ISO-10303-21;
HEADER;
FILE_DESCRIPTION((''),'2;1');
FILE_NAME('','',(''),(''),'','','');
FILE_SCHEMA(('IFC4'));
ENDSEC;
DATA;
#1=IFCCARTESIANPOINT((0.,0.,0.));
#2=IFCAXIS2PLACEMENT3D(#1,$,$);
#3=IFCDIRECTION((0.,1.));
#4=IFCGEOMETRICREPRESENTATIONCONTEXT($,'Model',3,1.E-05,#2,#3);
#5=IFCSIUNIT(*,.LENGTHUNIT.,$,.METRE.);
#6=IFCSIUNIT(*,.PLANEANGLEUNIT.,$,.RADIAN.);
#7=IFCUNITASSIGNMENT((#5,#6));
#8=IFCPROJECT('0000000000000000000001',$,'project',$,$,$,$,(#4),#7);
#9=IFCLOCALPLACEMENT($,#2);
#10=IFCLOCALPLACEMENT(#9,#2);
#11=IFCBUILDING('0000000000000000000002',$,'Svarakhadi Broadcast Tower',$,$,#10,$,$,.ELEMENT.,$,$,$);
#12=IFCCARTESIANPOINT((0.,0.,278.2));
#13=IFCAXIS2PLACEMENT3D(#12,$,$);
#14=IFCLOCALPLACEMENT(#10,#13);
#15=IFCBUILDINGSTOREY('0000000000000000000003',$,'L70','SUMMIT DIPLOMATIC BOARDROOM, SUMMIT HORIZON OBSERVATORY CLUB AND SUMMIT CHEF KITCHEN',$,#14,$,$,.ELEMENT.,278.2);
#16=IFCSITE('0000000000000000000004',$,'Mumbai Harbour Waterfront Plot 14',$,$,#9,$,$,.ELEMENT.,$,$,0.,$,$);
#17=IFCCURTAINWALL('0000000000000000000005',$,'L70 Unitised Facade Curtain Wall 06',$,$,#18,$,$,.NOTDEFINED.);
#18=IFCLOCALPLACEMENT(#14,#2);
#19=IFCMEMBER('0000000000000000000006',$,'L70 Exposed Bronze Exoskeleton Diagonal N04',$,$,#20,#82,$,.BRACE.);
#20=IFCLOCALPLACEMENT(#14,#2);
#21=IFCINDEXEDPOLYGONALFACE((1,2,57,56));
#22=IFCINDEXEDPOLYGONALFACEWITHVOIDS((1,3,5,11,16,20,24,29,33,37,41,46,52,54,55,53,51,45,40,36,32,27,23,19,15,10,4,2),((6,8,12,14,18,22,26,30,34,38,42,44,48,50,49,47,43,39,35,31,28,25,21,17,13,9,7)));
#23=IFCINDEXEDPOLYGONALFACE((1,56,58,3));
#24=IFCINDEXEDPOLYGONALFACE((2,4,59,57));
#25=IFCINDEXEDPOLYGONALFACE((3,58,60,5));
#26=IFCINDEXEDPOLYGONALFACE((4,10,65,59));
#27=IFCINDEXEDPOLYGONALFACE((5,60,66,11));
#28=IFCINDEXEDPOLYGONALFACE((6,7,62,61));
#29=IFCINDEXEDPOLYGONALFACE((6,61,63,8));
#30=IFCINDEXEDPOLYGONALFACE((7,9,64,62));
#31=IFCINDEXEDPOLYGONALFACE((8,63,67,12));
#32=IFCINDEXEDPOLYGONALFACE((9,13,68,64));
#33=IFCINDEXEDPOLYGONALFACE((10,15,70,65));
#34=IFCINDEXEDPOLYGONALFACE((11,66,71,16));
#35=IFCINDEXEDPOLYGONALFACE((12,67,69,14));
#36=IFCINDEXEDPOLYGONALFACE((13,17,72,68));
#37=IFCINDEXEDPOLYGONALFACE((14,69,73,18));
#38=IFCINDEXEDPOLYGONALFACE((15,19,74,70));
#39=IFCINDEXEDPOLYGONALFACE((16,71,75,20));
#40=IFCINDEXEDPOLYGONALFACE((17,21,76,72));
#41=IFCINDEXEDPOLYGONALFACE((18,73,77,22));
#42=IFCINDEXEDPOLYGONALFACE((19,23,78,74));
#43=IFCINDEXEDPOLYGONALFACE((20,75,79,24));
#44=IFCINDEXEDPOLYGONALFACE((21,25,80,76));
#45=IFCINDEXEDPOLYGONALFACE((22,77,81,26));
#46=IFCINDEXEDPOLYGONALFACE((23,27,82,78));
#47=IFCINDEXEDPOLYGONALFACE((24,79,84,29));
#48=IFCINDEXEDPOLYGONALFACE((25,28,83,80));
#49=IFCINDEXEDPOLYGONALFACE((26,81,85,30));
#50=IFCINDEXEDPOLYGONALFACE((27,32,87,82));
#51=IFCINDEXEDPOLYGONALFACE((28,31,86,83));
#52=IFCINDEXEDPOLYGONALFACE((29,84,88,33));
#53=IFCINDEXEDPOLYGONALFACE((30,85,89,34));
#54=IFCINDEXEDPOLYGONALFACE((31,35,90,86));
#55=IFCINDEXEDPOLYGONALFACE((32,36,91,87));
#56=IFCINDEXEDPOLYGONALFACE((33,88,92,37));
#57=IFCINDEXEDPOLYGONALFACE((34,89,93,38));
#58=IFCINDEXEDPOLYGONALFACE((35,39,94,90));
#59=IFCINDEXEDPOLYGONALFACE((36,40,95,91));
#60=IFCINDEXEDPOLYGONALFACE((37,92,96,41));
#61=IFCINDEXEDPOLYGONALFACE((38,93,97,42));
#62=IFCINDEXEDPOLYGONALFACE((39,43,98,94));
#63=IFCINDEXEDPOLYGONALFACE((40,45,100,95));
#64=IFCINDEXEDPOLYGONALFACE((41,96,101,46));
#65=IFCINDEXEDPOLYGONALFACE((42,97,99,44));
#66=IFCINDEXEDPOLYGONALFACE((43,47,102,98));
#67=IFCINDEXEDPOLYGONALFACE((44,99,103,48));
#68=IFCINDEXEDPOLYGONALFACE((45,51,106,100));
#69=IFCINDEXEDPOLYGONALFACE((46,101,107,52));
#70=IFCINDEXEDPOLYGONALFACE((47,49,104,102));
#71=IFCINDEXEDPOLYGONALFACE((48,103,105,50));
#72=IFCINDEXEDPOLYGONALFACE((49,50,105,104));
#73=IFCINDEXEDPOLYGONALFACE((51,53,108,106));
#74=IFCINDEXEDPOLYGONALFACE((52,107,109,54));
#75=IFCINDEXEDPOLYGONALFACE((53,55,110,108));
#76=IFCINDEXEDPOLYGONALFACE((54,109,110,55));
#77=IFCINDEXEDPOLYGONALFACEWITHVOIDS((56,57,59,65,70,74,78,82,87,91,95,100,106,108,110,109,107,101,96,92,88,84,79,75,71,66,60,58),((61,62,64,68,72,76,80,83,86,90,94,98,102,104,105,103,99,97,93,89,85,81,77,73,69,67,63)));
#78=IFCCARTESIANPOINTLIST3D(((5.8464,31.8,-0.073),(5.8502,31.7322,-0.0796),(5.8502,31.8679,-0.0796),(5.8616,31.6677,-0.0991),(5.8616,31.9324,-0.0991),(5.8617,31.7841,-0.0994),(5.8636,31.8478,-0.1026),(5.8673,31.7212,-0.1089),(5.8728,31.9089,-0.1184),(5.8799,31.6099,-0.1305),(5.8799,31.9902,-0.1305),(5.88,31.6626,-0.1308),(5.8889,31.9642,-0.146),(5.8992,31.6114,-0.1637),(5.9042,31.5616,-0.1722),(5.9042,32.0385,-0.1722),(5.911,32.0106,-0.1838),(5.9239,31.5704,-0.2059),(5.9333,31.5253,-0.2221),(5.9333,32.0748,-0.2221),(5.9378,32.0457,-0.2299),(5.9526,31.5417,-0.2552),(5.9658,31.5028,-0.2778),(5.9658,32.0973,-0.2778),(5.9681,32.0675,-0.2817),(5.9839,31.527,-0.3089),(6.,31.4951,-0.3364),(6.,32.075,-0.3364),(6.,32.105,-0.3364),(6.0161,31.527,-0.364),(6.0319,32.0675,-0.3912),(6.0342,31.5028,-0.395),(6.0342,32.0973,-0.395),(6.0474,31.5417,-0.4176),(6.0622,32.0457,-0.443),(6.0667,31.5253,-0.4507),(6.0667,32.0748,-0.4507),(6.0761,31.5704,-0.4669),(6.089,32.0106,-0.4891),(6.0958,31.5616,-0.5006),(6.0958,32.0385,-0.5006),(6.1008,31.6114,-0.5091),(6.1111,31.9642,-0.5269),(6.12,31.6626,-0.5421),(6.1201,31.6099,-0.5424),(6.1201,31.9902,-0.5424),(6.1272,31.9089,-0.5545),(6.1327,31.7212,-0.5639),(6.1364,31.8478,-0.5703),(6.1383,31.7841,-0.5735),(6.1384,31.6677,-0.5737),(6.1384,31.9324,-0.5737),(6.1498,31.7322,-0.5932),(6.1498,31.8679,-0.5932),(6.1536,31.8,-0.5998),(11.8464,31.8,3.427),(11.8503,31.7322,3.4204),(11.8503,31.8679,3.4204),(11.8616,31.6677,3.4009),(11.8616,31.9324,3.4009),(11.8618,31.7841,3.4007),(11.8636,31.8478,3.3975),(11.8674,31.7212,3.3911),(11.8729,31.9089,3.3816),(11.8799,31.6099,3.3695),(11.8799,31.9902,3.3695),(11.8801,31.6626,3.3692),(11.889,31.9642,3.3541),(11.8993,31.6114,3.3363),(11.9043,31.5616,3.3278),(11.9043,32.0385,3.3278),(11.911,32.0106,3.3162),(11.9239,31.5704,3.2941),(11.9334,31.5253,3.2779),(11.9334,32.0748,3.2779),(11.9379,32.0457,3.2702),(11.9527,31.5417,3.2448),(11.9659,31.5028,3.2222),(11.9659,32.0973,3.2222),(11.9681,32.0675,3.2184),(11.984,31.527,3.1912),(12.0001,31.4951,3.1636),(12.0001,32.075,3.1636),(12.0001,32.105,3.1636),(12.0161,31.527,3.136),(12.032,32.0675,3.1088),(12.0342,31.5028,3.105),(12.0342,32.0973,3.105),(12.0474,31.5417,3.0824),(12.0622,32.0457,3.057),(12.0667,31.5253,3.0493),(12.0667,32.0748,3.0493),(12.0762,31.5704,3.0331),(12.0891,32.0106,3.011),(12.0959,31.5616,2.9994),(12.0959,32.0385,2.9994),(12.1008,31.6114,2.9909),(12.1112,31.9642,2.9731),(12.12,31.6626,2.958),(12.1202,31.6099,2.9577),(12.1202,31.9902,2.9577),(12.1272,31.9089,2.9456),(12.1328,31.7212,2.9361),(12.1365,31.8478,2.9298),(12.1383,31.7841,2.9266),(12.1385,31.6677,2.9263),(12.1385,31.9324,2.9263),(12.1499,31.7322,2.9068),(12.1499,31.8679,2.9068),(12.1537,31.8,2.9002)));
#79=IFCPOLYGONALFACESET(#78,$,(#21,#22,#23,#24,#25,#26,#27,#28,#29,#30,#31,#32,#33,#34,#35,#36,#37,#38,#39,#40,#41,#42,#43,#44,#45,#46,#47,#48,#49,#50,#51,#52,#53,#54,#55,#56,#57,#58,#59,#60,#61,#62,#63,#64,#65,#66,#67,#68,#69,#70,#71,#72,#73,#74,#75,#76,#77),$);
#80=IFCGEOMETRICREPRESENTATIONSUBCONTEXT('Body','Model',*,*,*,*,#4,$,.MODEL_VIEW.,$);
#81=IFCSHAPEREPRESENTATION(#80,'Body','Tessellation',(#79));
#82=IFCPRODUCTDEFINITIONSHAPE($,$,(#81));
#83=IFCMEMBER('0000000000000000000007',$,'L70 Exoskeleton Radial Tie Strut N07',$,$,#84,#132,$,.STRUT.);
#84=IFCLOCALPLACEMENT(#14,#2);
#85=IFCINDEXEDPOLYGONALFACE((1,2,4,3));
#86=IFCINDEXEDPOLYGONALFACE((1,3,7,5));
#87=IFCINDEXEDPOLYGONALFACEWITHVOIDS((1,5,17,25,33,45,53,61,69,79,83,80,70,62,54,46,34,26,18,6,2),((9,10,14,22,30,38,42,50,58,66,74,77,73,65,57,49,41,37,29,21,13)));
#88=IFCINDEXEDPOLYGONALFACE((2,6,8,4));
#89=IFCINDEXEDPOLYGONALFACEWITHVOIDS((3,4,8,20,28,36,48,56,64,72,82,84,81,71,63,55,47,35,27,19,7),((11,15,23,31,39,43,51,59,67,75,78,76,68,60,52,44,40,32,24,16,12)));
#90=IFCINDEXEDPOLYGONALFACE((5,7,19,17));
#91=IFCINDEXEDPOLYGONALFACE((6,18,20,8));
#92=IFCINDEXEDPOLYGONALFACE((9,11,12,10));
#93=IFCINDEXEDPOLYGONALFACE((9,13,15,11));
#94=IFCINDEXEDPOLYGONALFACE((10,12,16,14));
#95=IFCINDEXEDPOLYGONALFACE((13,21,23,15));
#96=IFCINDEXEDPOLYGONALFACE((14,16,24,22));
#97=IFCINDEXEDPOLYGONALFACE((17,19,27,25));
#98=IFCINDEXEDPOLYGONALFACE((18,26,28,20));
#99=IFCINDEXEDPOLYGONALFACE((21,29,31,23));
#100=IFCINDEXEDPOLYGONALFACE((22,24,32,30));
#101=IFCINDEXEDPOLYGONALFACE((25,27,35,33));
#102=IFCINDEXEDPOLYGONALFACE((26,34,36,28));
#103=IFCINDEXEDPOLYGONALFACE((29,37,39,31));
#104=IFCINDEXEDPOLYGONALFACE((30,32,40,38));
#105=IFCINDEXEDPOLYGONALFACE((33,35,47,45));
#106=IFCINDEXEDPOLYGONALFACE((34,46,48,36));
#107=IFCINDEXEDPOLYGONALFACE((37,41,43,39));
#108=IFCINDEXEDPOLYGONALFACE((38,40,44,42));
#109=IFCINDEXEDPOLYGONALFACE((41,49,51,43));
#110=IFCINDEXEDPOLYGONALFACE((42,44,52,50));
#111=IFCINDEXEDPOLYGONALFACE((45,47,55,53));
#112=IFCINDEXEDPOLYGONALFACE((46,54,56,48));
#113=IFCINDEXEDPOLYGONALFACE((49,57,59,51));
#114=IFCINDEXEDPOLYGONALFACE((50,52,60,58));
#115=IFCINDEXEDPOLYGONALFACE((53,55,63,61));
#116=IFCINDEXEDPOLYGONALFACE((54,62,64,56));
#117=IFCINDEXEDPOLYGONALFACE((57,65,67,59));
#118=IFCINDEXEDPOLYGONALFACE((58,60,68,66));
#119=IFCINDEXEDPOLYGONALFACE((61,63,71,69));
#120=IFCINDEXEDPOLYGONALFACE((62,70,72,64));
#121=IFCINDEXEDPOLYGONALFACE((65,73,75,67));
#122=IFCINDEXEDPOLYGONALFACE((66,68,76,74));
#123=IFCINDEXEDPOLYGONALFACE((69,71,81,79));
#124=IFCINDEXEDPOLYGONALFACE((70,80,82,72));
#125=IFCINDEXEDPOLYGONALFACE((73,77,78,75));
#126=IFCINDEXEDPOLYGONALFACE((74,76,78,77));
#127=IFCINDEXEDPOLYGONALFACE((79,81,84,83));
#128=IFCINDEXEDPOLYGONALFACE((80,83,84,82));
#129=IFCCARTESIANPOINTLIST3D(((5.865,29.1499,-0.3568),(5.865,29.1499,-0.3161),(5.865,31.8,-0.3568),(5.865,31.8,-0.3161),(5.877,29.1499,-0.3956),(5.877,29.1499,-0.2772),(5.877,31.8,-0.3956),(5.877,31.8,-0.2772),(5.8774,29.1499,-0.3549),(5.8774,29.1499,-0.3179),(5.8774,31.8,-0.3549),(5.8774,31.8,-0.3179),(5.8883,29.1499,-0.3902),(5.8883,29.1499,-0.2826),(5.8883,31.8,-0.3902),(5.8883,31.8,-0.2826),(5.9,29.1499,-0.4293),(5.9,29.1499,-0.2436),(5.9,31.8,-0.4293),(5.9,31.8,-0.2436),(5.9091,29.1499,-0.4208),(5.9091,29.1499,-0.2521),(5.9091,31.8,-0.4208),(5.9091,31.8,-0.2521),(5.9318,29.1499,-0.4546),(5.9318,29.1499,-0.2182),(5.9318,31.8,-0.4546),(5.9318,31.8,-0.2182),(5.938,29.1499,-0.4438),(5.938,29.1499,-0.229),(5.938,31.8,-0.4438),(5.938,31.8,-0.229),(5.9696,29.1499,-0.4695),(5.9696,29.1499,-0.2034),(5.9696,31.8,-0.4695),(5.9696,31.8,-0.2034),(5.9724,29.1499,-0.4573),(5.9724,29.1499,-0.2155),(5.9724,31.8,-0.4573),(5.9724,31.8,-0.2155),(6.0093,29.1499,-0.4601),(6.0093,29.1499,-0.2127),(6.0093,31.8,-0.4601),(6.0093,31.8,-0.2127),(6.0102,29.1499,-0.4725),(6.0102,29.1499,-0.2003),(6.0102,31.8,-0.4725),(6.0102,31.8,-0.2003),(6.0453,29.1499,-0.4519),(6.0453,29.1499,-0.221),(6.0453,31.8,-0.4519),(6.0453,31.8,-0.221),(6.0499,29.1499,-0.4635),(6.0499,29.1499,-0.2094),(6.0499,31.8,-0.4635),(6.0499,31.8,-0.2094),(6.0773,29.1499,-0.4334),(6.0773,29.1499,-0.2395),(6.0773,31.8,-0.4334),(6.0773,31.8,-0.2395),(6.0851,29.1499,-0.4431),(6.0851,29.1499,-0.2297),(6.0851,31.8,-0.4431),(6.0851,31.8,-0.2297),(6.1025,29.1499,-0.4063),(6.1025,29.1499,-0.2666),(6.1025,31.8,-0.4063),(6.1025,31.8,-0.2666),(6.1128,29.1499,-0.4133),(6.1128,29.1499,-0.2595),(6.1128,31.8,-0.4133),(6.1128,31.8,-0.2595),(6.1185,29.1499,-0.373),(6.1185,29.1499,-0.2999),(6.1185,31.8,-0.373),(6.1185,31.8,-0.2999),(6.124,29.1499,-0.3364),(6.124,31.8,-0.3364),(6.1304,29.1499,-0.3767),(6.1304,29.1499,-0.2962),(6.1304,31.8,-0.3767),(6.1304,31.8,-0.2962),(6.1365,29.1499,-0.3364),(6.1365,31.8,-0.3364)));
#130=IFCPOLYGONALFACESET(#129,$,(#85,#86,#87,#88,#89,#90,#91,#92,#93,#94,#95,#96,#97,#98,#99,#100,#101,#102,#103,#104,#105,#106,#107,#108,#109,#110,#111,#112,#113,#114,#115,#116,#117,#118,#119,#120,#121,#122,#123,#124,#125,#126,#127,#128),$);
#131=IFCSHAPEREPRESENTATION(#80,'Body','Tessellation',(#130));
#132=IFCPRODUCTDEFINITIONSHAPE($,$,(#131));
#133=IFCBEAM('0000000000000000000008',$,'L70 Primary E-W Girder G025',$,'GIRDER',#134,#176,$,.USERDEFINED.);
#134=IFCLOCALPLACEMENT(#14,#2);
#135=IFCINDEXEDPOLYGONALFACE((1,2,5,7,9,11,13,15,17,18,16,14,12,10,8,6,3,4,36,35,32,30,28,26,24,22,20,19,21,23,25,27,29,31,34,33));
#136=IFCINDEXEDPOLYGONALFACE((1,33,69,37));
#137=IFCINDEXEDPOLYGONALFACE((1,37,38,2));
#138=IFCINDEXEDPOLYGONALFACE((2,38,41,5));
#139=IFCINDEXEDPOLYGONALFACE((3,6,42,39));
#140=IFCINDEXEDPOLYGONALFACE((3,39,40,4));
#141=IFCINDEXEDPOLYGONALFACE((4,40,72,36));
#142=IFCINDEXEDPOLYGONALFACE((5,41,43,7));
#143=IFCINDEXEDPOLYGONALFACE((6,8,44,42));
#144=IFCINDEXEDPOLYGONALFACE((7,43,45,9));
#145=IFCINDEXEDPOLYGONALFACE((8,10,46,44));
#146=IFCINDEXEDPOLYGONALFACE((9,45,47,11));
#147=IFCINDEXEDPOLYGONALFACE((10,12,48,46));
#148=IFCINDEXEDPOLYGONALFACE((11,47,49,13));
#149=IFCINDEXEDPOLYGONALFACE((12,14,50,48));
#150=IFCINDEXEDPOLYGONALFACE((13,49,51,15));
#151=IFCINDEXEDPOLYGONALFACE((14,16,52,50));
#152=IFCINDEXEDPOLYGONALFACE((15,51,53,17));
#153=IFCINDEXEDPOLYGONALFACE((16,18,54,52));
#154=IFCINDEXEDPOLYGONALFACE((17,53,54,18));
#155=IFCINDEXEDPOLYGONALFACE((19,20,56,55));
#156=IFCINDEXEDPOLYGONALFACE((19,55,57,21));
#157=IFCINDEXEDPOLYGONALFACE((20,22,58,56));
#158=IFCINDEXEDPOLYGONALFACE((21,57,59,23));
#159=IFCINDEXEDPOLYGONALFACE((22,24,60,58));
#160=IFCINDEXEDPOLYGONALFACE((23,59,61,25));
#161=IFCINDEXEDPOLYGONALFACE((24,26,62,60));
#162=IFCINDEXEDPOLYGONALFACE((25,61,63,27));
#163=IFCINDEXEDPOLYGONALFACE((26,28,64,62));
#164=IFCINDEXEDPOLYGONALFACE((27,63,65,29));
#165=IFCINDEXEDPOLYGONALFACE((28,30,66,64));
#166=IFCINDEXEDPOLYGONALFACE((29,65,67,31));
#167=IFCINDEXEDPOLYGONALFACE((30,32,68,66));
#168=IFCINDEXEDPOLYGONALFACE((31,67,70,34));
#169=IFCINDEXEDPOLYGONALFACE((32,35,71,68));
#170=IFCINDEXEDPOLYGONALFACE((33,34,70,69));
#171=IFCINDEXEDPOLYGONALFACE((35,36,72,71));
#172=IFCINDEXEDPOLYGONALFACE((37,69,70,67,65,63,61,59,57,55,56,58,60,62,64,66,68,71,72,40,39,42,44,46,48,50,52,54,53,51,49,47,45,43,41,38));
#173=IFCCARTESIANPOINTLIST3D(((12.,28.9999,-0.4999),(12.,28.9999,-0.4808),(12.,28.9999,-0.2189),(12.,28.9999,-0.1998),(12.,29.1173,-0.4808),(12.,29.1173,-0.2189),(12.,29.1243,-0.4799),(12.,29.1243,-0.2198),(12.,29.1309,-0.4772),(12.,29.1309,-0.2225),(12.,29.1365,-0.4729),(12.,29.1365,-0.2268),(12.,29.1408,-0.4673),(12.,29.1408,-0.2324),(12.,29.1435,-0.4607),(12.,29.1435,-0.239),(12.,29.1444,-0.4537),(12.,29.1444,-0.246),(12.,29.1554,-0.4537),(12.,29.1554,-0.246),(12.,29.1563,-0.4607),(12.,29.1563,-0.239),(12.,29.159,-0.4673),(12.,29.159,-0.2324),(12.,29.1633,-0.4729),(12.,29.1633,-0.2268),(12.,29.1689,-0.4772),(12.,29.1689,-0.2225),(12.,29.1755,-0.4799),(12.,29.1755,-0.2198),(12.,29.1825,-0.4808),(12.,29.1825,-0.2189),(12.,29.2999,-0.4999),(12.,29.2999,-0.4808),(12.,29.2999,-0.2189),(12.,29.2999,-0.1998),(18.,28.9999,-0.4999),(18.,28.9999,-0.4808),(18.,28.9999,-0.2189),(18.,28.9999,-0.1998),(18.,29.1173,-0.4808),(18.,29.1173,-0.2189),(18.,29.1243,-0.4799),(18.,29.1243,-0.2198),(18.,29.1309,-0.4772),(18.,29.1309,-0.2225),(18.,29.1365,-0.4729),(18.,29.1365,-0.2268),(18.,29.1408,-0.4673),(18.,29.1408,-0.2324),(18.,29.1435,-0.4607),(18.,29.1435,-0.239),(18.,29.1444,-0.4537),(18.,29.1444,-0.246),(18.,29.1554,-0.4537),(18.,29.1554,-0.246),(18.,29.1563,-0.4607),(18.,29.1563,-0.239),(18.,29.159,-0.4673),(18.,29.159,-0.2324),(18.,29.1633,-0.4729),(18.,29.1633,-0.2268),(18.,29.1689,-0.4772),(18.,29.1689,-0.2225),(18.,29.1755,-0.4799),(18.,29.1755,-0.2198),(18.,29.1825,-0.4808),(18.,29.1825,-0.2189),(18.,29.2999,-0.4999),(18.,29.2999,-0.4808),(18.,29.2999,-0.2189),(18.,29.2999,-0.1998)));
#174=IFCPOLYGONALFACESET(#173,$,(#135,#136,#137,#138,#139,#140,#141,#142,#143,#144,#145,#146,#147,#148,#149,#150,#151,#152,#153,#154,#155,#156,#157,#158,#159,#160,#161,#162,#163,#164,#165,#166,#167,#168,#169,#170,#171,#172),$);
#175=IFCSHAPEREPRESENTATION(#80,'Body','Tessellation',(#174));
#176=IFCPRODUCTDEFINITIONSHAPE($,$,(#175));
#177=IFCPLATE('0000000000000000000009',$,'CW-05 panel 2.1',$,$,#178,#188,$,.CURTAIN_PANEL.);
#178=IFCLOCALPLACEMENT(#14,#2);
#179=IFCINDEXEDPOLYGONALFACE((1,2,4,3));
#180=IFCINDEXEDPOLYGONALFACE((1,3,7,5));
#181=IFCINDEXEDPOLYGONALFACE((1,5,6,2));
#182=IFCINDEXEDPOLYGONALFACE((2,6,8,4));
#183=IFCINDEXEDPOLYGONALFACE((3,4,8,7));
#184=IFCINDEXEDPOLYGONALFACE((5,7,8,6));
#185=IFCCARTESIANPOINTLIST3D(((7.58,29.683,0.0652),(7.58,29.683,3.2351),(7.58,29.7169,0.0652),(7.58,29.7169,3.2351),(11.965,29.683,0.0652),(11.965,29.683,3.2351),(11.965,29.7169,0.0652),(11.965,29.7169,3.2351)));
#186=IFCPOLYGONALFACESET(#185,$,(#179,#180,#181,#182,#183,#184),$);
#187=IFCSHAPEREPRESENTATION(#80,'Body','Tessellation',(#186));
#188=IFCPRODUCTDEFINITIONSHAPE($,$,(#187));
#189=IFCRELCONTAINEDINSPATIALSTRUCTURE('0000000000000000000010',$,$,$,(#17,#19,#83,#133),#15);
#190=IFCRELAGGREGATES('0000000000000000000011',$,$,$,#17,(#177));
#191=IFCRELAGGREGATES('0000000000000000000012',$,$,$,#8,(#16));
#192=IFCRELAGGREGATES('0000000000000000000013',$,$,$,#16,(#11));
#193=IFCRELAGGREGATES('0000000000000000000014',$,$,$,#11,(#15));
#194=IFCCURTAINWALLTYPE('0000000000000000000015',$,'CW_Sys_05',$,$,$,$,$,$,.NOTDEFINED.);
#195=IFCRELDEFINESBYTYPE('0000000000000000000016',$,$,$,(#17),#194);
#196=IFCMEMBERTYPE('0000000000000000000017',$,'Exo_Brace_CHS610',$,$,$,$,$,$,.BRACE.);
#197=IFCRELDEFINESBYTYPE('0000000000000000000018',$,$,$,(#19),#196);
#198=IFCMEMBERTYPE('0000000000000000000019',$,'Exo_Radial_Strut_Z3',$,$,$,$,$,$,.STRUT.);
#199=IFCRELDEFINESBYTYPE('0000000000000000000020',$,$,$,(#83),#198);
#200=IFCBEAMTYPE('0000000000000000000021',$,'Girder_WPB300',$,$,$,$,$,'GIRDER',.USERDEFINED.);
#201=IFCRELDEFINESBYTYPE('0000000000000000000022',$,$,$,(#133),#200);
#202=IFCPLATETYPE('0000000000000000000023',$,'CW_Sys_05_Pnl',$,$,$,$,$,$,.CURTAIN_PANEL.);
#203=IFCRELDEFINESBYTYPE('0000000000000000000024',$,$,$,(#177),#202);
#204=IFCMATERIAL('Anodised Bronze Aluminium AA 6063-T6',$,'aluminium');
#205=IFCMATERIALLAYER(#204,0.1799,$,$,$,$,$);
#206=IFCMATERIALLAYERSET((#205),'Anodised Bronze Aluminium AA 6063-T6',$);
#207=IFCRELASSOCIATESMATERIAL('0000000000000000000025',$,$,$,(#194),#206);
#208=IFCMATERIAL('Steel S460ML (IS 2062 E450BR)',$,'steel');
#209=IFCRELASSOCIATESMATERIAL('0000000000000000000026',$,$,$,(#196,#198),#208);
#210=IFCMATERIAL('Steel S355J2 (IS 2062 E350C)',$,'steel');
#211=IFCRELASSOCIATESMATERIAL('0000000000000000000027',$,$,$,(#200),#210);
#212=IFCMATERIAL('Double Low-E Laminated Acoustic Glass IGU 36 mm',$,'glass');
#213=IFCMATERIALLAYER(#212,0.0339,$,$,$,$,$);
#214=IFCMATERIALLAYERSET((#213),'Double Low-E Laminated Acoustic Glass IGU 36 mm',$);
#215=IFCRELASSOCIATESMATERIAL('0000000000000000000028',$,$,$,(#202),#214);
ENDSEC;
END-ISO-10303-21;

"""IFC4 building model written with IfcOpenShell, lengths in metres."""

from ifc_helpers import new_model, si_unit, direction, frame, origin, origin_2d, place, context, subcontext, project, spatial, rectangle, hollow_circle, i_section, extrude, material, layer, layer_set, material_profile, profile_set, type_object, element, aggregate, save


model = new_model("IFC4")

# Units and contexts
model_context = context("Model", 3, precision=1e-05, world=origin(), true_north=direction((0.0, 1.0)))
body_context = subcontext(model_context, "Body", "Model", "MODEL_VIEW")
ifc_project = project(units=[si_unit("LENGTHUNIT", "METRE"), si_unit("PLANEANGLEUNIT", "RADIAN")], contexts=[model_context])

# Site, building, storey
site_placement = place(None, origin())
site = spatial("IfcSite", under=ifc_project, at=site_placement, Name="Mumbai Harbour Waterfront Plot 14", CompositionType="ELEMENT", RefElevation=0.0)
building_placement = place(site_placement, origin())
building = spatial("IfcBuilding", under=site, at=building_placement, Name="Svarakhadi Broadcast Tower", CompositionType="ELEMENT")
storey_placement = place(building_placement, frame((0.0, 0.0, 278.2)))
storey = spatial("IfcBuildingStorey", under=building, at=storey_placement, Name="L70", Description="SUMMIT DIPLOMATIC BOARDROOM, SUMMIT HORIZON OBSERVATORY CLUB AND SUMMIT CHEF KITCHEN", CompositionType="ELEMENT", Elevation=278.2)

# Shared definitions
ifc_material_1 = material(Name="Steel S460ML (IS 2062 E450BR)", Category="steel")

# Curtain wall
ifc_material_2 = material(Name="Anodised Bronze Aluminium AA 6063-T6", Category="aluminium")
ifc_layer_1 = layer(ifc_material_2, 0.1799)
ifc_layer_set_1 = layer_set([ifc_layer_1], Name="Anodised Bronze Aluminium AA 6063-T6")
curtain_wall_type = type_object("IfcCurtainWallType", Name="CW_Sys_05", PredefinedType="NOTDEFINED", material=ifc_layer_set_1)
curtain_wall_placement = place(storey_placement, origin())
curtain_wall = element("IfcCurtainWall", 1, at=curtain_wall_placement, inside=storey, type_object=curtain_wall_type, Name="L70 Unitised Facade Curtain Wall 06", PredefinedType="NOTDEFINED")

# Members
ifc_material_profile_1 = material_profile(ifc_material_1, hollow_circle(Radius=0.3049, WallThickness=0.03, at=origin_2d()), Name="CHS 610x30")
ifc_profile_set_1 = profile_set([ifc_material_profile_1], Name="Steel S460ML (IS 2062 E450BR)")
member_type_1 = type_object("IfcMemberType", Name="Exo_Brace_CHS610", PredefinedType="BRACE", material=ifc_profile_set_1)
member_1_placement = place(storey_placement, frame((6.0, 31.8, -0.3364), z_axis=(0.863779, 0.0, 0.503871), x_axis=(0.0, 1.0, 0.0)))
element("IfcMember", 2, at=member_1_placement, inside=storey, type_object=member_type_1, Name="L70 Exposed Bronze Exoskeleton Diagonal N04", PredefinedType="BRACE", context=body_context, shape_type="SweptSolid", body=[
    extrude(hollow_circle(Radius=0.3049, WallThickness=0.03, at=origin_2d()), origin(), (0.0, 0.0, 1.0), 6.9463),
])
ifc_material_profile_2 = material_profile(ifc_material_1, hollow_circle(Radius=0.1365, WallThickness=0.0125, at=origin_2d()), Name="CHS 273x12.5")
ifc_profile_set_2 = profile_set([ifc_material_profile_2], Name="Steel S460ML (IS 2062 E450BR)")
member_type_2 = type_object("IfcMemberType", Name="Exo_Radial_Strut_Z3", PredefinedType="STRUT", material=ifc_profile_set_2)
member_2_placement = place(storey_placement, frame((6.0, 31.8, -0.3364), z_axis=(0.0, -1.0, 0.0), x_axis=(1.0, 0.0, 0.0)))
element("IfcMember", 3, at=member_2_placement, inside=storey, type_object=member_type_2, Name="L70 Exoskeleton Radial Tie Strut N07", PredefinedType="STRUT", context=body_context, shape_type="SweptSolid", body=[
    extrude(hollow_circle(Radius=0.1365, WallThickness=0.0125, at=origin_2d()), origin(), (0.0, 0.0, 1.0), 2.6501),
])

# Beam
ifc_material_3 = material(Name="Steel S355J2 (IS 2062 E350C)", Category="steel")
ifc_material_profile_3 = material_profile(ifc_material_3, i_section(OverallWidth=0.3, OverallDepth=0.3, WebThickness=0.011, FlangeThickness=0.019, FilletRadius=0.0271, at=origin_2d()), Name="WPB 300x300x117")
ifc_profile_set_3 = profile_set([ifc_material_profile_3], Name="Steel S355J2 (IS 2062 E350C)")
beam_type = type_object("IfcBeamType", Name="Girder_WPB300", ElementType="GIRDER", PredefinedType="USERDEFINED", material=ifc_profile_set_3)
beam_placement = place(storey_placement, frame((12.0, 29.1499, -0.3499), z_axis=(1.0, 0.0, 0.0), x_axis=(0.0, 1.0, 0.0)))
element("IfcBeam", 4, at=beam_placement, inside=storey, type_object=beam_type, Name="L70 Primary E-W Girder G025", ObjectType="GIRDER", PredefinedType="USERDEFINED", context=body_context, shape_type="SweptSolid", body=[
    extrude(i_section(OverallWidth=0.3, OverallDepth=0.3, WebThickness=0.011, FlangeThickness=0.019, FilletRadius=0.0271, at=origin_2d()), origin(), (0.0, 0.0, 1.0), 6.0),
])

# Plate
ifc_material_4 = material(Name="Double Low-E Laminated Acoustic Glass IGU 36 mm", Category="glass")
ifc_layer_2 = layer(ifc_material_4, 0.0339)
ifc_layer_set_2 = layer_set([ifc_layer_2], Name="Double Low-E Laminated Acoustic Glass IGU 36 mm")
plate_type_1 = type_object("IfcPlateType", Name="CW_Sys_05_Pnl", PredefinedType="CURTAIN_PANEL", material=ifc_layer_set_2)
plate_1_placement = place(storey_placement, frame((9.7725, 29.7, 0.0652), z_axis=(0.0, 0.0, 1.0), x_axis=(1.0, 0.0, 0.0)))
plate_1 = element("IfcPlate", 5, at=plate_1_placement, type_object=plate_type_1, Name="CW-05 panel 2.1", PredefinedType="CURTAIN_PANEL", context=body_context, shape_type="SweptSolid", body=[
    extrude(rectangle(XDim=4.385, YDim=0.0339, at=origin_2d()), origin(), (0.0, 0.0, 1.0), 3.1699),
])
aggregate(curtain_wall, [plate_1])

save(model, "model.ifc")
